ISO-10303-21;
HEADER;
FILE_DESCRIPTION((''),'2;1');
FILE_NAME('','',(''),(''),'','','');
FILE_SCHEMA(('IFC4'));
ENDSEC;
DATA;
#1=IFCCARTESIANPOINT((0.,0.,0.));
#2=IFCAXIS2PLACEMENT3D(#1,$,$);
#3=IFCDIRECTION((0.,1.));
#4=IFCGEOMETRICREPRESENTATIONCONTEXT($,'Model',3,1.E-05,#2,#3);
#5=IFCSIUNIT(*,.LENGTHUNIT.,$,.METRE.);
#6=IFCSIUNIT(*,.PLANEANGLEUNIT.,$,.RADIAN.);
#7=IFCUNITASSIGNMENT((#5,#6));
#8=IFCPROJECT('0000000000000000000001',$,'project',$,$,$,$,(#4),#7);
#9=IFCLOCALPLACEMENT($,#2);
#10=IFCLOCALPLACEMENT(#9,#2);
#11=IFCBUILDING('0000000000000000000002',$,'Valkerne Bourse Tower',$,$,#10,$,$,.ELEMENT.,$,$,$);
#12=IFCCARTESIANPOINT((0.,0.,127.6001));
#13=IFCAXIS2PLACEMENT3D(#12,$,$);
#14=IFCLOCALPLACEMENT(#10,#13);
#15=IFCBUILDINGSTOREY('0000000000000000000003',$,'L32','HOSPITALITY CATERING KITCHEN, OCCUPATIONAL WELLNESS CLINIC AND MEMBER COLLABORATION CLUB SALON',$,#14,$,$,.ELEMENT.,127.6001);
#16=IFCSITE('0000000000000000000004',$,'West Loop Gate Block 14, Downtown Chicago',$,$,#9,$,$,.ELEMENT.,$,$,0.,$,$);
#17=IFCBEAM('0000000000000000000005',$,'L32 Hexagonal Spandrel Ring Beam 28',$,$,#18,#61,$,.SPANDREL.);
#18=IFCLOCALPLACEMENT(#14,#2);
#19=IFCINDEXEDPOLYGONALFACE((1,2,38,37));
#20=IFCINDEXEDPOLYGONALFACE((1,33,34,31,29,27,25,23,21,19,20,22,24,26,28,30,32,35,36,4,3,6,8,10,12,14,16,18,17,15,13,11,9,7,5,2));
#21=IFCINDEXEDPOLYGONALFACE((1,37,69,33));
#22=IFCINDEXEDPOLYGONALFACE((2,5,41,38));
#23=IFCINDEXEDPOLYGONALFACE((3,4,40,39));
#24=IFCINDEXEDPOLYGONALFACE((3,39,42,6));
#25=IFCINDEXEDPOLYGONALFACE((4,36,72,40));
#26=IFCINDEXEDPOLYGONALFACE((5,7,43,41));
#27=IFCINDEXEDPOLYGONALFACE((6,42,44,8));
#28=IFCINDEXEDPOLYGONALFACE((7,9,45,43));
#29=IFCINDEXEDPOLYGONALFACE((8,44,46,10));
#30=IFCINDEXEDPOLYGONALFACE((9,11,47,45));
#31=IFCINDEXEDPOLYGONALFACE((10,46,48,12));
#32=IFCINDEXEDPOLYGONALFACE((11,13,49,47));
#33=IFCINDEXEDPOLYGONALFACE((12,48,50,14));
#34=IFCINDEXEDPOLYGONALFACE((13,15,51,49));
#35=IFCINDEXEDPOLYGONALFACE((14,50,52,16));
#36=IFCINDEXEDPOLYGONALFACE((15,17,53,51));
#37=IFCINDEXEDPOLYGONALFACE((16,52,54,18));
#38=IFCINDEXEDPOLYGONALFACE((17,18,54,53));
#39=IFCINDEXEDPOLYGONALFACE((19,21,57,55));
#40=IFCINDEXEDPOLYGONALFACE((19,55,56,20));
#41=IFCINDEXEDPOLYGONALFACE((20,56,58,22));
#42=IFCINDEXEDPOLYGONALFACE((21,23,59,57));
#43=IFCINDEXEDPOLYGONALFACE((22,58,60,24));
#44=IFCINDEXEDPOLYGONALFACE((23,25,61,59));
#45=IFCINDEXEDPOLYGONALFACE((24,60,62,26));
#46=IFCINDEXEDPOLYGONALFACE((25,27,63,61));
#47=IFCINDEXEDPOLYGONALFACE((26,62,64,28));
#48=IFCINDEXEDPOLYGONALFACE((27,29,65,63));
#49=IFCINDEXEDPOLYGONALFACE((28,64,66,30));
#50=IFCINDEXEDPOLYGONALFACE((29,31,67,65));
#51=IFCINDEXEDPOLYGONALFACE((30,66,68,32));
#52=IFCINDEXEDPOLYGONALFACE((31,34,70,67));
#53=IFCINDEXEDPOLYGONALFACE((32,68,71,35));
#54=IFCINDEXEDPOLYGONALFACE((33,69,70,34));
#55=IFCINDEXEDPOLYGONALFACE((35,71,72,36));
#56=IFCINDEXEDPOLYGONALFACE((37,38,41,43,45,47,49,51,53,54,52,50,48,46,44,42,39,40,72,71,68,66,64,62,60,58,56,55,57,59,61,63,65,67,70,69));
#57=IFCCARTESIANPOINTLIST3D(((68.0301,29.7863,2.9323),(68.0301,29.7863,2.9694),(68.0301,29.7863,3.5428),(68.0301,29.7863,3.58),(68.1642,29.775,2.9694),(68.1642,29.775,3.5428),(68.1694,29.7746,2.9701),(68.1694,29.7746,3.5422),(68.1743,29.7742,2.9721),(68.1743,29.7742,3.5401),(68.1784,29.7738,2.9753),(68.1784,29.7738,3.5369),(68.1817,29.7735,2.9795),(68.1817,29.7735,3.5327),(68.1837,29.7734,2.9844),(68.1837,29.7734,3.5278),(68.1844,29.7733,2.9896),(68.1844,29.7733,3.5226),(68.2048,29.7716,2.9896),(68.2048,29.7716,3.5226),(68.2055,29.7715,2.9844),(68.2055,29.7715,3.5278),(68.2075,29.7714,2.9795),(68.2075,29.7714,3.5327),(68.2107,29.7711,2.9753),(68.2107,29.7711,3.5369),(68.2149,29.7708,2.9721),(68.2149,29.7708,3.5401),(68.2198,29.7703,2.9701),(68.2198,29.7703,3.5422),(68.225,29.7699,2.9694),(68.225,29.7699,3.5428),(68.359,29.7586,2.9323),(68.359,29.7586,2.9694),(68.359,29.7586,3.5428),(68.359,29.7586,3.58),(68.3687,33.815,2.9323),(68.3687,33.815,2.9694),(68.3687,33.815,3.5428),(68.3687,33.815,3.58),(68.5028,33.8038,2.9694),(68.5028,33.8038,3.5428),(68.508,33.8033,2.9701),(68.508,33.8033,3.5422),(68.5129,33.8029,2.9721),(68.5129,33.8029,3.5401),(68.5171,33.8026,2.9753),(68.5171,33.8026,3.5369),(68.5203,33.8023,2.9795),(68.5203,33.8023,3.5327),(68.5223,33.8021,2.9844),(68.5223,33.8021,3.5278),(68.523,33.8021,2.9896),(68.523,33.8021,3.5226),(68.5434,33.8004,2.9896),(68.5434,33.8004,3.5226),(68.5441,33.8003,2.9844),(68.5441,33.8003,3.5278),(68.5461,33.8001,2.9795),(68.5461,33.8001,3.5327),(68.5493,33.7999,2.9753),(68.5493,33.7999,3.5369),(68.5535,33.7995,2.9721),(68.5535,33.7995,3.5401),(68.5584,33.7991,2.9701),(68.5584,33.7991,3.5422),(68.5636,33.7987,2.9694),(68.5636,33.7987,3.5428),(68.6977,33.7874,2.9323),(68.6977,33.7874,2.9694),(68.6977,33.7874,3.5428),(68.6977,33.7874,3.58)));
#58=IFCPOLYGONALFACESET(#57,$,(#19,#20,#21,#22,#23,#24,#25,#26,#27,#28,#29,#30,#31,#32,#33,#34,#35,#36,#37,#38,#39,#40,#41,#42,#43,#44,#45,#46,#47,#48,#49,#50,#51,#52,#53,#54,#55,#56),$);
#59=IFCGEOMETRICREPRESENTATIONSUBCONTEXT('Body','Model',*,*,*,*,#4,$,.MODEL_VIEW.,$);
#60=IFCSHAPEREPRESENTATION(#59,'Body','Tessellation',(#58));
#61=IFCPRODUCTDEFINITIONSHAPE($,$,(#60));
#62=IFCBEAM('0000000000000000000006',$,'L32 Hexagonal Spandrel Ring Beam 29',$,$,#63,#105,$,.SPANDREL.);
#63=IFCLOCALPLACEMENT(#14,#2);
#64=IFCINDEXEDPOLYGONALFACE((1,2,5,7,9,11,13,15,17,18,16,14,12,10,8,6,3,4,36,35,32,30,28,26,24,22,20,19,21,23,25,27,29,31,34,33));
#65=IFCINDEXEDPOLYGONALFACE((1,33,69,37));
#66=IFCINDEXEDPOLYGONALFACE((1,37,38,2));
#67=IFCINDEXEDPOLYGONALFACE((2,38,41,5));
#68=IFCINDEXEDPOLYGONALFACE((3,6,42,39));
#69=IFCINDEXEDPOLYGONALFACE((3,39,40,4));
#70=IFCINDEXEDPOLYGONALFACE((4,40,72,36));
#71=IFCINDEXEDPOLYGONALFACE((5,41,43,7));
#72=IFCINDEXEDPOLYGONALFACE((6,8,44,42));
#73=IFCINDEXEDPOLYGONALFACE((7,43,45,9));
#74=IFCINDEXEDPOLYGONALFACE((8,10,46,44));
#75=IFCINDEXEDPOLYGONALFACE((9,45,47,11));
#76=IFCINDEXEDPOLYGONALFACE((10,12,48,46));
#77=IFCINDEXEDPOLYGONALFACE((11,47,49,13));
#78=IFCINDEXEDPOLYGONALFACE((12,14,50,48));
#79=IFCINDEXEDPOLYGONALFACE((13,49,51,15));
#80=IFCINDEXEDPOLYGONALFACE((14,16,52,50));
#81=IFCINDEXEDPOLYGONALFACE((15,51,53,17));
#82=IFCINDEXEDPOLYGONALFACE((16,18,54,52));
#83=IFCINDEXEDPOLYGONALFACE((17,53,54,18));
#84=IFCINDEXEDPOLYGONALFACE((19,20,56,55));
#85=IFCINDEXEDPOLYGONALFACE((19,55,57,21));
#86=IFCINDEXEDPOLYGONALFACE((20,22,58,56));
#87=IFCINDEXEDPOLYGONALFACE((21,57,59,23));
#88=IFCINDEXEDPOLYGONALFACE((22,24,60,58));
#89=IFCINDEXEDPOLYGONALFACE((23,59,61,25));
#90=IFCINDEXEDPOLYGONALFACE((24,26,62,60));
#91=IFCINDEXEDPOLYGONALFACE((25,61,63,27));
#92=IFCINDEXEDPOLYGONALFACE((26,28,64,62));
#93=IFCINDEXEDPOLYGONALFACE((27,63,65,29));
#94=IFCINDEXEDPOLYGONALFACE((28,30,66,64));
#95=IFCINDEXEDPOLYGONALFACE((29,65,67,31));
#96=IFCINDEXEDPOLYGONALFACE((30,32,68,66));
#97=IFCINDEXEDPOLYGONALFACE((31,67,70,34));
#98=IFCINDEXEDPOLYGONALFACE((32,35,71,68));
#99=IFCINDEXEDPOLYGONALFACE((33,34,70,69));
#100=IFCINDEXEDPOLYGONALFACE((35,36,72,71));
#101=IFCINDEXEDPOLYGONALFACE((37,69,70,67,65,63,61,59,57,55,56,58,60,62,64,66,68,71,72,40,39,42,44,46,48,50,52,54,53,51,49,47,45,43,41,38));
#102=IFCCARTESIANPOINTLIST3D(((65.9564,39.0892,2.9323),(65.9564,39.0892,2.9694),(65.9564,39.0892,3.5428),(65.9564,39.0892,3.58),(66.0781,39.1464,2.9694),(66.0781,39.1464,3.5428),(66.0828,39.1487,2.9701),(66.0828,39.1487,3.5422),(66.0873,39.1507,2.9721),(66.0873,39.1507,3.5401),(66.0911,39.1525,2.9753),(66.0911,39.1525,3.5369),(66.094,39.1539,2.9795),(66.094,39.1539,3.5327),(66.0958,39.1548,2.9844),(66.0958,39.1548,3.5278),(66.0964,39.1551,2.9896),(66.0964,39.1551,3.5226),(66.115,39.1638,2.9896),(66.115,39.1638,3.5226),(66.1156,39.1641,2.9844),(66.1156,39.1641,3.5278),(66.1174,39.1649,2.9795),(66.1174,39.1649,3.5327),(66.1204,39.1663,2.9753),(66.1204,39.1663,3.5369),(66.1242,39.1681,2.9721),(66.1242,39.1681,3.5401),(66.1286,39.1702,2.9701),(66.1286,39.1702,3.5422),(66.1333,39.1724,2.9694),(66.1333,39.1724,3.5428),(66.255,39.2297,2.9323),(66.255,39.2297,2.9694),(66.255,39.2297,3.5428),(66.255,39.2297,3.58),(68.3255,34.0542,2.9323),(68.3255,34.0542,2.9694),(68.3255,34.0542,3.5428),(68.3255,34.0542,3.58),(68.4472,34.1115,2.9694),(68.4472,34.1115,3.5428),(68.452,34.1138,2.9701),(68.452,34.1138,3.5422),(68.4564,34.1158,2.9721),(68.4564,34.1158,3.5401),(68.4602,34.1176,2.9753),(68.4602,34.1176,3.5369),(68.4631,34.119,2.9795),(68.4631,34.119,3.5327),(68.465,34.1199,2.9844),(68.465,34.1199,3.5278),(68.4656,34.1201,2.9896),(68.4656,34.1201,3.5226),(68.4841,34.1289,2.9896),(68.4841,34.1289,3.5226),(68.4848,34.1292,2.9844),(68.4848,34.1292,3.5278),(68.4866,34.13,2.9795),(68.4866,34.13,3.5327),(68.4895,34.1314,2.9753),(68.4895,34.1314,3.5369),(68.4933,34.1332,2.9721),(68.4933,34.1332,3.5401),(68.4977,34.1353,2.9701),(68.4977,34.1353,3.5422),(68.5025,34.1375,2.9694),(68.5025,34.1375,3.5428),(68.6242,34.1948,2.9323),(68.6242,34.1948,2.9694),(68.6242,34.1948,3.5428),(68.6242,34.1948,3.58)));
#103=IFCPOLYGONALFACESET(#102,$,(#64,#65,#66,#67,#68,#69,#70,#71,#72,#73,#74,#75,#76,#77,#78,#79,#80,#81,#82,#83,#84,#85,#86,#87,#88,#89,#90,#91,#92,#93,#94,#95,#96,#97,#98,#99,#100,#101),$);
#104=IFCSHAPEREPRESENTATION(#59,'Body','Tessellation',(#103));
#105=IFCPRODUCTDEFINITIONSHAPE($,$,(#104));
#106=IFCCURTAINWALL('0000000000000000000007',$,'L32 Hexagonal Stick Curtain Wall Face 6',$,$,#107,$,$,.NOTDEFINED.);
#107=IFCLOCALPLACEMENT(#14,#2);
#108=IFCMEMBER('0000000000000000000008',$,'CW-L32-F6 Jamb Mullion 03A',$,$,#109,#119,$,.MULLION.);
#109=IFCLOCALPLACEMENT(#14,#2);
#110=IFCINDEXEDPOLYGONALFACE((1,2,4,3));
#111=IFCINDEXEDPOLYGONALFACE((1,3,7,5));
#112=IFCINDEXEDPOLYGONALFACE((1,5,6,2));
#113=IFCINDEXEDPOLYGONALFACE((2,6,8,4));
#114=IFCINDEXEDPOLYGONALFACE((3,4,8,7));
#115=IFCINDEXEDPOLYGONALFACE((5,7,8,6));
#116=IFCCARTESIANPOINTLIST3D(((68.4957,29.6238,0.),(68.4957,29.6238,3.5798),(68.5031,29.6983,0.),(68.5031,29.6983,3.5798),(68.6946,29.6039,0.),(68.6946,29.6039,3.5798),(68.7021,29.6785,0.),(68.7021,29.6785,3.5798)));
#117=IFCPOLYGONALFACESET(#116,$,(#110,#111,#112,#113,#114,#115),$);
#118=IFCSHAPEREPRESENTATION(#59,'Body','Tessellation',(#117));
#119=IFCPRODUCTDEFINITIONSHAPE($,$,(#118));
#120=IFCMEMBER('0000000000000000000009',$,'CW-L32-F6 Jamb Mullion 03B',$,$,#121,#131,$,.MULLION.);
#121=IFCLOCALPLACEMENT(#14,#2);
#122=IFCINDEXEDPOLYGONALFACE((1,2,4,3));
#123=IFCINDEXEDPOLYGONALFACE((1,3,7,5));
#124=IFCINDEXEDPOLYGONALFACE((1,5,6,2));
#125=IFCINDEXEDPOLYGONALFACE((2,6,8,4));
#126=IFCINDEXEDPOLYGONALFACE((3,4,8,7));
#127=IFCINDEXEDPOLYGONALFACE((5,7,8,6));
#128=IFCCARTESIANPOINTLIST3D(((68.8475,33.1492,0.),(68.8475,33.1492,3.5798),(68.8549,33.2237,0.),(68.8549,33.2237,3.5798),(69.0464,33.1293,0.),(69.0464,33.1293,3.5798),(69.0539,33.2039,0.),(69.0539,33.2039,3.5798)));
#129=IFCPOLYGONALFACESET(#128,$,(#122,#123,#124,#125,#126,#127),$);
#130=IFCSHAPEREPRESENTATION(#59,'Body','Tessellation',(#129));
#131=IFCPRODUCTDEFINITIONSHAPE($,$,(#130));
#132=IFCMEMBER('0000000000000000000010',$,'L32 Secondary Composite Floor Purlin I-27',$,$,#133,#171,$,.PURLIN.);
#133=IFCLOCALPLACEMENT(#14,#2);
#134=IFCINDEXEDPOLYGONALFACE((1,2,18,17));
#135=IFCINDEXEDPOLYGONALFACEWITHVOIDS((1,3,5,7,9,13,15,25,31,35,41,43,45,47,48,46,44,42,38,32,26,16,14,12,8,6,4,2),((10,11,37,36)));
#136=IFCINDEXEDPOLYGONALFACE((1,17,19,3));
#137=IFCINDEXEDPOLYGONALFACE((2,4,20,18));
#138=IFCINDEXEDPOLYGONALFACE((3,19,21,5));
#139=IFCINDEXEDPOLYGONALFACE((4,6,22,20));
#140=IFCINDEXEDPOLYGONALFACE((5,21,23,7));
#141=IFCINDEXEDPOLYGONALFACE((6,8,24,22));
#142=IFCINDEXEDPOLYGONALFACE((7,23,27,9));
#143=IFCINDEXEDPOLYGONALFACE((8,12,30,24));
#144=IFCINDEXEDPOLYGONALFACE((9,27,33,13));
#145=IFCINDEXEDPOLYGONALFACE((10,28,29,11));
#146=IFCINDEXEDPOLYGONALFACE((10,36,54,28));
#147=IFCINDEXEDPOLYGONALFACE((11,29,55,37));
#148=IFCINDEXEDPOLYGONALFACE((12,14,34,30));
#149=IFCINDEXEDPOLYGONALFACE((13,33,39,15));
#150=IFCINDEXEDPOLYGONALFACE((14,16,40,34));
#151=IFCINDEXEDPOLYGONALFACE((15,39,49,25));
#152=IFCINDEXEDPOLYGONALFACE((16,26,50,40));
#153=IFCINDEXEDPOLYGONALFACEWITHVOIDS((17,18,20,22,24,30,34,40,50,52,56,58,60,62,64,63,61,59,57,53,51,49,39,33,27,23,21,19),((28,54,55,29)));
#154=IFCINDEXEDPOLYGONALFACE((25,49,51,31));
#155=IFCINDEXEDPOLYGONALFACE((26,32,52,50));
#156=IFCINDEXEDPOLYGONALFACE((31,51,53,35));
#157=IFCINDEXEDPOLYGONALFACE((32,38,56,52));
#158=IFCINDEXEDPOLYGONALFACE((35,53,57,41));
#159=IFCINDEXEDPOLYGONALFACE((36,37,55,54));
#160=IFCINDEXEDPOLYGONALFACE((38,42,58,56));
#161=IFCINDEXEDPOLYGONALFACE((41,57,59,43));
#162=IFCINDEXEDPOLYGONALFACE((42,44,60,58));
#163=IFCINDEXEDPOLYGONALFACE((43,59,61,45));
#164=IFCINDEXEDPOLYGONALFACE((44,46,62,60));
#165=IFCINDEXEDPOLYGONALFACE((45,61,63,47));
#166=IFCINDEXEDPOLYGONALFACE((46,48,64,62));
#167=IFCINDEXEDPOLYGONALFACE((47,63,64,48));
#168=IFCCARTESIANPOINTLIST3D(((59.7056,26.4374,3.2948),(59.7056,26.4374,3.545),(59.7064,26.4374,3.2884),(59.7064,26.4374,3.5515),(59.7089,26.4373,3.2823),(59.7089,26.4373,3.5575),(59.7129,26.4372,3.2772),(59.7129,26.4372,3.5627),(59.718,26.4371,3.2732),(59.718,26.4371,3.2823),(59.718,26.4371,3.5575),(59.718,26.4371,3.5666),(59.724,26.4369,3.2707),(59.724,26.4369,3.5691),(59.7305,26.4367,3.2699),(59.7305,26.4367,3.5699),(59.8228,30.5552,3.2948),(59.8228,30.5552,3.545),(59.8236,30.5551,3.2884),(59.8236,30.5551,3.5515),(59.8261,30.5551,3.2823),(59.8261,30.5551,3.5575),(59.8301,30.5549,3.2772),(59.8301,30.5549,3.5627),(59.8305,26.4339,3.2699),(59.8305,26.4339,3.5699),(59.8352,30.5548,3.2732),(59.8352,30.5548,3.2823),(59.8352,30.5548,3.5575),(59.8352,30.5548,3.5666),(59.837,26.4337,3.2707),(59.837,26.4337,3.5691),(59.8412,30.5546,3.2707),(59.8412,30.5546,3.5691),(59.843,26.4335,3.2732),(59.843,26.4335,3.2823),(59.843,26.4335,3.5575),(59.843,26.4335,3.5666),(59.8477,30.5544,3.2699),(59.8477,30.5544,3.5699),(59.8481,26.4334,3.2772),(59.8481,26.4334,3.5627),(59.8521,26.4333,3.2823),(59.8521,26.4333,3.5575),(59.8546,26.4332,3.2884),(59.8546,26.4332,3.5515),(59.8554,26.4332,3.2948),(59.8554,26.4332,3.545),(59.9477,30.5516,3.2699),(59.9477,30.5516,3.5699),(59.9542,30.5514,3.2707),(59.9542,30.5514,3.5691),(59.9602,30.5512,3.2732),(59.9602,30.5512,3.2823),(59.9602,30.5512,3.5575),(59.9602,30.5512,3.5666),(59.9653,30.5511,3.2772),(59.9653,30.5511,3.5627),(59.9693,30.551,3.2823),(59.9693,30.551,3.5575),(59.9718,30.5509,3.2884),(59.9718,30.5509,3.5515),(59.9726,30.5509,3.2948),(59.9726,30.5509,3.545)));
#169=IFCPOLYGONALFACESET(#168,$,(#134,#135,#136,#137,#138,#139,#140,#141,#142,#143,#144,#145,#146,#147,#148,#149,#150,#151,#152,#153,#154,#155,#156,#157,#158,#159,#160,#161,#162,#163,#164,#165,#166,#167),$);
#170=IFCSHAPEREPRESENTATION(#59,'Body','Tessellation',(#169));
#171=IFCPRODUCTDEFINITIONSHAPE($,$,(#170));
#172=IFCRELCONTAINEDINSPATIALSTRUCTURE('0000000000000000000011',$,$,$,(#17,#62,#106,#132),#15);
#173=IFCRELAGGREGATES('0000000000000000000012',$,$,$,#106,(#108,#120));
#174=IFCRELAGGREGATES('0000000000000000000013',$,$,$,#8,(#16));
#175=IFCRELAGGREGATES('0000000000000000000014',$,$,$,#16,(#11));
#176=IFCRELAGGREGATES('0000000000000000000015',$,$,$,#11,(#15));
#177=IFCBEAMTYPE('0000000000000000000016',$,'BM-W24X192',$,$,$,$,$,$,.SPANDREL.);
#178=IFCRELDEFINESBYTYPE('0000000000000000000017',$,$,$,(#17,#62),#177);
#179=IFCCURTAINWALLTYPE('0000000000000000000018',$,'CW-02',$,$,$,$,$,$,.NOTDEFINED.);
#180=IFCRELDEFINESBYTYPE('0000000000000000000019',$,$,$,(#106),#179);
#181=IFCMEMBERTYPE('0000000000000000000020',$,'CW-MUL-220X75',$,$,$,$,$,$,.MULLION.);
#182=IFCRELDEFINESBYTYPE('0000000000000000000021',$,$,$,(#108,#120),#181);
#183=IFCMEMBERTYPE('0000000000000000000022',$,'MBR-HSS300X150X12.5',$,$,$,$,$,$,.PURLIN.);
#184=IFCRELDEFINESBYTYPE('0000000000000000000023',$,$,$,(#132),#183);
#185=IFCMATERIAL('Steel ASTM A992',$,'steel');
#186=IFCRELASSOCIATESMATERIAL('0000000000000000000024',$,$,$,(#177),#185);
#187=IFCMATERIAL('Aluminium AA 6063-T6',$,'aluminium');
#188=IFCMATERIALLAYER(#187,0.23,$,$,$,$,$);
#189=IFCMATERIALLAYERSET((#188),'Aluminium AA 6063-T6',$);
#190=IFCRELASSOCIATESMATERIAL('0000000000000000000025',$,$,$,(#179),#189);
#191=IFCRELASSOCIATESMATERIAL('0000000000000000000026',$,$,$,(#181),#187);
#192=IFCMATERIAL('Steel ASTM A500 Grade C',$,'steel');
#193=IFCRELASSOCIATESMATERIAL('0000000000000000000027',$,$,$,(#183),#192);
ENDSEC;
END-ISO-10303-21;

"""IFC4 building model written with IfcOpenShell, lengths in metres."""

from ifc_helpers import new_model, si_unit, direction, frame, origin, origin_2d, place, context, subcontext, project, spatial, rectangle, hollow_rectangle, i_section, extrude, material, layer, layer_set, material_profile, profile_set, type_object, element, aggregate, save


model = new_model("IFC4")

# Units and contexts
model_context = context("Model", 3, precision=1e-05, world=origin(), true_north=direction((0.0, 1.0)))
body_context = subcontext(model_context, "Body", "Model", "MODEL_VIEW")
ifc_project = project(units=[si_unit("LENGTHUNIT", "METRE"), si_unit("PLANEANGLEUNIT", "RADIAN")], contexts=[model_context])

# Site, building, storey
site_placement = place(None, origin())
site = spatial("IfcSite", under=ifc_project, at=site_placement, Name="West Loop Gate Block 14, Downtown Chicago", CompositionType="ELEMENT", RefElevation=0.0)
building_placement = place(site_placement, origin())
building = spatial("IfcBuilding", under=site, at=building_placement, Name="Valkerne Bourse Tower", CompositionType="ELEMENT")
storey_placement = place(building_placement, frame((0.0, 0.0, 127.6001)))
storey = spatial("IfcBuildingStorey", under=building, at=storey_placement, Name="L32", Description="HOSPITALITY CATERING KITCHEN, OCCUPATIONAL WELLNESS CLINIC AND MEMBER COLLABORATION CLUB SALON", CompositionType="ELEMENT", Elevation=127.6001)

# Beams
ifc_material_1 = material(Name="Steel ASTM A992", Category="steel")
ifc_material_profile_1 = material_profile(ifc_material_1, i_section(OverallWidth=0.3301, OverallDepth=0.6477, WebThickness=0.0205, FlangeThickness=0.0371, FilletRadius=0.0203, at=origin_2d()), Name="W24X192")
ifc_profile_set_1 = profile_set([ifc_material_profile_1], Name="Steel ASTM A992")
beam_type_1 = type_object("IfcBeamType", Name="BM-W24X192", PredefinedType="SPANDREL", material=ifc_profile_set_1)
beam_1_placement = place(storey_placement, frame((68.1946, 29.7725, 3.2561), z_axis=(0.083755, 0.996486, 0.0), x_axis=(-0.996486, 0.083755, 0.0)))
element("IfcBeam", 1, at=beam_1_placement, inside=storey, type_object=beam_type_1, Name="L32 Hexagonal Spandrel Ring Beam 28", PredefinedType="SPANDREL", context=body_context, shape_type="SweptSolid", body=[
    extrude(i_section(OverallWidth=0.3301, OverallDepth=0.6477, WebThickness=0.0205, FlangeThickness=0.0371, FilletRadius=0.0203, at=origin_2d()), origin(), (0.0, 0.0, 1.0), 4.043),
])
beam_2_placement = place(storey_placement, frame((68.4749, 34.1245, 3.2561), z_axis=(-0.425763, 0.904835, 0.0), x_axis=(-0.904835, -0.425763, 0.0)))
element("IfcBeam", 2, at=beam_2_placement, inside=storey, type_object=beam_type_1, Name="L32 Hexagonal Spandrel Ring Beam 29", PredefinedType="SPANDREL", context=body_context, shape_type="SweptSolid", body=[
    extrude(i_section(OverallWidth=0.3301, OverallDepth=0.6477, WebThickness=0.0205, FlangeThickness=0.0371, FilletRadius=0.0203, at=origin_2d()), origin(), (0.0, 0.0, 1.0), 5.5645),
])

# Curtain wall, members
ifc_material_2 = material(Name="Aluminium AA 6063-T6", Category="aluminium")
ifc_layer_1 = layer(ifc_material_2, 0.23)
ifc_layer_set_1 = layer_set([ifc_layer_1], Name="Aluminium AA 6063-T6")
curtain_wall_type = type_object("IfcCurtainWallType", Name="CW-02", PredefinedType="NOTDEFINED", material=ifc_layer_set_1)
curtain_wall_placement = place(storey_placement, origin())
curtain_wall = element("IfcCurtainWall", 3, at=curtain_wall_placement, inside=storey, type_object=curtain_wall_type, Name="L32 Hexagonal Stick Curtain Wall Face 6", PredefinedType="NOTDEFINED")
ifc_material_profile_2 = material_profile(ifc_material_2, rectangle(XDim=0.075, YDim=0.2, at=origin_2d()), Name="CWM-75X200")
ifc_profile_set_2 = profile_set([ifc_material_profile_2], Name="Aluminium AA 6063-T6")
member_type_1 = type_object("IfcMemberType", Name="CW-MUL-220X75", PredefinedType="MULLION", material=ifc_profile_set_2)
member_1_placement = place(storey_placement, frame((68.5989, 29.6511, 0.0), z_axis=(0.0, 0.0, 1.0), x_axis=(0.099316, 0.995056, 0.0)))
member_1 = element("IfcMember", 4, at=member_1_placement, type_object=member_type_1, Name="CW-L32-F6 Jamb Mullion 03A", PredefinedType="MULLION", context=body_context, shape_type="SweptSolid", body=[
    extrude(rectangle(XDim=0.075, YDim=0.2, at=origin_2d()), origin(), (0.0, 0.0, 1.0), 3.5798),
])
member_2_placement = place(storey_placement, frame((68.9507, 33.1765, 0.0), z_axis=(0.0, 0.0, 1.0), x_axis=(0.099316, 0.995056, 0.0)))
member_2 = element("IfcMember", 5, at=member_2_placement, type_object=member_type_1, Name="CW-L32-F6 Jamb Mullion 03B", PredefinedType="MULLION", context=body_context, shape_type="SweptSolid", body=[
    extrude(rectangle(XDim=0.075, YDim=0.2, at=origin_2d()), origin(), (0.0, 0.0, 1.0), 3.5798),
])

# Member
ifc_material_3 = material(Name="Steel ASTM A500 Grade C", Category="steel")
ifc_material_profile_3 = material_profile(ifc_material_3, hollow_rectangle(XDim=0.1499, YDim=0.3, WallThickness=0.0125, OuterFilletRadius=0.0249, at=origin_2d()), Name="HSS300X150X12.5")
ifc_profile_set_3 = profile_set([ifc_material_profile_3], Name="Steel ASTM A500 Grade C")
member_type_2 = type_object("IfcMemberType", Name="MBR-HSS300X150X12.5", PredefinedType="PURLIN", material=ifc_profile_set_3)
member_3_placement = place(storey_placement, frame((59.7805, 26.4353, 3.4199), z_axis=(0.028448, 0.999595, 0.0), x_axis=(-0.999595, 0.028448, 0.0)))
element("IfcMember", 6, at=member_3_placement, inside=storey, type_object=member_type_2, Name="L32 Secondary Composite Floor Purlin I-27", PredefinedType="PURLIN", context=body_context, shape_type="SweptSolid", body=[
    extrude(hollow_rectangle(XDim=0.1499, YDim=0.3, WallThickness=0.0125, OuterFilletRadius=0.0249, at=origin_2d()), origin(), (0.0, 0.0, 1.0), 4.1194),
])

aggregate(curtain_wall, [member_1, member_2])

save(model, "model.ifc")
